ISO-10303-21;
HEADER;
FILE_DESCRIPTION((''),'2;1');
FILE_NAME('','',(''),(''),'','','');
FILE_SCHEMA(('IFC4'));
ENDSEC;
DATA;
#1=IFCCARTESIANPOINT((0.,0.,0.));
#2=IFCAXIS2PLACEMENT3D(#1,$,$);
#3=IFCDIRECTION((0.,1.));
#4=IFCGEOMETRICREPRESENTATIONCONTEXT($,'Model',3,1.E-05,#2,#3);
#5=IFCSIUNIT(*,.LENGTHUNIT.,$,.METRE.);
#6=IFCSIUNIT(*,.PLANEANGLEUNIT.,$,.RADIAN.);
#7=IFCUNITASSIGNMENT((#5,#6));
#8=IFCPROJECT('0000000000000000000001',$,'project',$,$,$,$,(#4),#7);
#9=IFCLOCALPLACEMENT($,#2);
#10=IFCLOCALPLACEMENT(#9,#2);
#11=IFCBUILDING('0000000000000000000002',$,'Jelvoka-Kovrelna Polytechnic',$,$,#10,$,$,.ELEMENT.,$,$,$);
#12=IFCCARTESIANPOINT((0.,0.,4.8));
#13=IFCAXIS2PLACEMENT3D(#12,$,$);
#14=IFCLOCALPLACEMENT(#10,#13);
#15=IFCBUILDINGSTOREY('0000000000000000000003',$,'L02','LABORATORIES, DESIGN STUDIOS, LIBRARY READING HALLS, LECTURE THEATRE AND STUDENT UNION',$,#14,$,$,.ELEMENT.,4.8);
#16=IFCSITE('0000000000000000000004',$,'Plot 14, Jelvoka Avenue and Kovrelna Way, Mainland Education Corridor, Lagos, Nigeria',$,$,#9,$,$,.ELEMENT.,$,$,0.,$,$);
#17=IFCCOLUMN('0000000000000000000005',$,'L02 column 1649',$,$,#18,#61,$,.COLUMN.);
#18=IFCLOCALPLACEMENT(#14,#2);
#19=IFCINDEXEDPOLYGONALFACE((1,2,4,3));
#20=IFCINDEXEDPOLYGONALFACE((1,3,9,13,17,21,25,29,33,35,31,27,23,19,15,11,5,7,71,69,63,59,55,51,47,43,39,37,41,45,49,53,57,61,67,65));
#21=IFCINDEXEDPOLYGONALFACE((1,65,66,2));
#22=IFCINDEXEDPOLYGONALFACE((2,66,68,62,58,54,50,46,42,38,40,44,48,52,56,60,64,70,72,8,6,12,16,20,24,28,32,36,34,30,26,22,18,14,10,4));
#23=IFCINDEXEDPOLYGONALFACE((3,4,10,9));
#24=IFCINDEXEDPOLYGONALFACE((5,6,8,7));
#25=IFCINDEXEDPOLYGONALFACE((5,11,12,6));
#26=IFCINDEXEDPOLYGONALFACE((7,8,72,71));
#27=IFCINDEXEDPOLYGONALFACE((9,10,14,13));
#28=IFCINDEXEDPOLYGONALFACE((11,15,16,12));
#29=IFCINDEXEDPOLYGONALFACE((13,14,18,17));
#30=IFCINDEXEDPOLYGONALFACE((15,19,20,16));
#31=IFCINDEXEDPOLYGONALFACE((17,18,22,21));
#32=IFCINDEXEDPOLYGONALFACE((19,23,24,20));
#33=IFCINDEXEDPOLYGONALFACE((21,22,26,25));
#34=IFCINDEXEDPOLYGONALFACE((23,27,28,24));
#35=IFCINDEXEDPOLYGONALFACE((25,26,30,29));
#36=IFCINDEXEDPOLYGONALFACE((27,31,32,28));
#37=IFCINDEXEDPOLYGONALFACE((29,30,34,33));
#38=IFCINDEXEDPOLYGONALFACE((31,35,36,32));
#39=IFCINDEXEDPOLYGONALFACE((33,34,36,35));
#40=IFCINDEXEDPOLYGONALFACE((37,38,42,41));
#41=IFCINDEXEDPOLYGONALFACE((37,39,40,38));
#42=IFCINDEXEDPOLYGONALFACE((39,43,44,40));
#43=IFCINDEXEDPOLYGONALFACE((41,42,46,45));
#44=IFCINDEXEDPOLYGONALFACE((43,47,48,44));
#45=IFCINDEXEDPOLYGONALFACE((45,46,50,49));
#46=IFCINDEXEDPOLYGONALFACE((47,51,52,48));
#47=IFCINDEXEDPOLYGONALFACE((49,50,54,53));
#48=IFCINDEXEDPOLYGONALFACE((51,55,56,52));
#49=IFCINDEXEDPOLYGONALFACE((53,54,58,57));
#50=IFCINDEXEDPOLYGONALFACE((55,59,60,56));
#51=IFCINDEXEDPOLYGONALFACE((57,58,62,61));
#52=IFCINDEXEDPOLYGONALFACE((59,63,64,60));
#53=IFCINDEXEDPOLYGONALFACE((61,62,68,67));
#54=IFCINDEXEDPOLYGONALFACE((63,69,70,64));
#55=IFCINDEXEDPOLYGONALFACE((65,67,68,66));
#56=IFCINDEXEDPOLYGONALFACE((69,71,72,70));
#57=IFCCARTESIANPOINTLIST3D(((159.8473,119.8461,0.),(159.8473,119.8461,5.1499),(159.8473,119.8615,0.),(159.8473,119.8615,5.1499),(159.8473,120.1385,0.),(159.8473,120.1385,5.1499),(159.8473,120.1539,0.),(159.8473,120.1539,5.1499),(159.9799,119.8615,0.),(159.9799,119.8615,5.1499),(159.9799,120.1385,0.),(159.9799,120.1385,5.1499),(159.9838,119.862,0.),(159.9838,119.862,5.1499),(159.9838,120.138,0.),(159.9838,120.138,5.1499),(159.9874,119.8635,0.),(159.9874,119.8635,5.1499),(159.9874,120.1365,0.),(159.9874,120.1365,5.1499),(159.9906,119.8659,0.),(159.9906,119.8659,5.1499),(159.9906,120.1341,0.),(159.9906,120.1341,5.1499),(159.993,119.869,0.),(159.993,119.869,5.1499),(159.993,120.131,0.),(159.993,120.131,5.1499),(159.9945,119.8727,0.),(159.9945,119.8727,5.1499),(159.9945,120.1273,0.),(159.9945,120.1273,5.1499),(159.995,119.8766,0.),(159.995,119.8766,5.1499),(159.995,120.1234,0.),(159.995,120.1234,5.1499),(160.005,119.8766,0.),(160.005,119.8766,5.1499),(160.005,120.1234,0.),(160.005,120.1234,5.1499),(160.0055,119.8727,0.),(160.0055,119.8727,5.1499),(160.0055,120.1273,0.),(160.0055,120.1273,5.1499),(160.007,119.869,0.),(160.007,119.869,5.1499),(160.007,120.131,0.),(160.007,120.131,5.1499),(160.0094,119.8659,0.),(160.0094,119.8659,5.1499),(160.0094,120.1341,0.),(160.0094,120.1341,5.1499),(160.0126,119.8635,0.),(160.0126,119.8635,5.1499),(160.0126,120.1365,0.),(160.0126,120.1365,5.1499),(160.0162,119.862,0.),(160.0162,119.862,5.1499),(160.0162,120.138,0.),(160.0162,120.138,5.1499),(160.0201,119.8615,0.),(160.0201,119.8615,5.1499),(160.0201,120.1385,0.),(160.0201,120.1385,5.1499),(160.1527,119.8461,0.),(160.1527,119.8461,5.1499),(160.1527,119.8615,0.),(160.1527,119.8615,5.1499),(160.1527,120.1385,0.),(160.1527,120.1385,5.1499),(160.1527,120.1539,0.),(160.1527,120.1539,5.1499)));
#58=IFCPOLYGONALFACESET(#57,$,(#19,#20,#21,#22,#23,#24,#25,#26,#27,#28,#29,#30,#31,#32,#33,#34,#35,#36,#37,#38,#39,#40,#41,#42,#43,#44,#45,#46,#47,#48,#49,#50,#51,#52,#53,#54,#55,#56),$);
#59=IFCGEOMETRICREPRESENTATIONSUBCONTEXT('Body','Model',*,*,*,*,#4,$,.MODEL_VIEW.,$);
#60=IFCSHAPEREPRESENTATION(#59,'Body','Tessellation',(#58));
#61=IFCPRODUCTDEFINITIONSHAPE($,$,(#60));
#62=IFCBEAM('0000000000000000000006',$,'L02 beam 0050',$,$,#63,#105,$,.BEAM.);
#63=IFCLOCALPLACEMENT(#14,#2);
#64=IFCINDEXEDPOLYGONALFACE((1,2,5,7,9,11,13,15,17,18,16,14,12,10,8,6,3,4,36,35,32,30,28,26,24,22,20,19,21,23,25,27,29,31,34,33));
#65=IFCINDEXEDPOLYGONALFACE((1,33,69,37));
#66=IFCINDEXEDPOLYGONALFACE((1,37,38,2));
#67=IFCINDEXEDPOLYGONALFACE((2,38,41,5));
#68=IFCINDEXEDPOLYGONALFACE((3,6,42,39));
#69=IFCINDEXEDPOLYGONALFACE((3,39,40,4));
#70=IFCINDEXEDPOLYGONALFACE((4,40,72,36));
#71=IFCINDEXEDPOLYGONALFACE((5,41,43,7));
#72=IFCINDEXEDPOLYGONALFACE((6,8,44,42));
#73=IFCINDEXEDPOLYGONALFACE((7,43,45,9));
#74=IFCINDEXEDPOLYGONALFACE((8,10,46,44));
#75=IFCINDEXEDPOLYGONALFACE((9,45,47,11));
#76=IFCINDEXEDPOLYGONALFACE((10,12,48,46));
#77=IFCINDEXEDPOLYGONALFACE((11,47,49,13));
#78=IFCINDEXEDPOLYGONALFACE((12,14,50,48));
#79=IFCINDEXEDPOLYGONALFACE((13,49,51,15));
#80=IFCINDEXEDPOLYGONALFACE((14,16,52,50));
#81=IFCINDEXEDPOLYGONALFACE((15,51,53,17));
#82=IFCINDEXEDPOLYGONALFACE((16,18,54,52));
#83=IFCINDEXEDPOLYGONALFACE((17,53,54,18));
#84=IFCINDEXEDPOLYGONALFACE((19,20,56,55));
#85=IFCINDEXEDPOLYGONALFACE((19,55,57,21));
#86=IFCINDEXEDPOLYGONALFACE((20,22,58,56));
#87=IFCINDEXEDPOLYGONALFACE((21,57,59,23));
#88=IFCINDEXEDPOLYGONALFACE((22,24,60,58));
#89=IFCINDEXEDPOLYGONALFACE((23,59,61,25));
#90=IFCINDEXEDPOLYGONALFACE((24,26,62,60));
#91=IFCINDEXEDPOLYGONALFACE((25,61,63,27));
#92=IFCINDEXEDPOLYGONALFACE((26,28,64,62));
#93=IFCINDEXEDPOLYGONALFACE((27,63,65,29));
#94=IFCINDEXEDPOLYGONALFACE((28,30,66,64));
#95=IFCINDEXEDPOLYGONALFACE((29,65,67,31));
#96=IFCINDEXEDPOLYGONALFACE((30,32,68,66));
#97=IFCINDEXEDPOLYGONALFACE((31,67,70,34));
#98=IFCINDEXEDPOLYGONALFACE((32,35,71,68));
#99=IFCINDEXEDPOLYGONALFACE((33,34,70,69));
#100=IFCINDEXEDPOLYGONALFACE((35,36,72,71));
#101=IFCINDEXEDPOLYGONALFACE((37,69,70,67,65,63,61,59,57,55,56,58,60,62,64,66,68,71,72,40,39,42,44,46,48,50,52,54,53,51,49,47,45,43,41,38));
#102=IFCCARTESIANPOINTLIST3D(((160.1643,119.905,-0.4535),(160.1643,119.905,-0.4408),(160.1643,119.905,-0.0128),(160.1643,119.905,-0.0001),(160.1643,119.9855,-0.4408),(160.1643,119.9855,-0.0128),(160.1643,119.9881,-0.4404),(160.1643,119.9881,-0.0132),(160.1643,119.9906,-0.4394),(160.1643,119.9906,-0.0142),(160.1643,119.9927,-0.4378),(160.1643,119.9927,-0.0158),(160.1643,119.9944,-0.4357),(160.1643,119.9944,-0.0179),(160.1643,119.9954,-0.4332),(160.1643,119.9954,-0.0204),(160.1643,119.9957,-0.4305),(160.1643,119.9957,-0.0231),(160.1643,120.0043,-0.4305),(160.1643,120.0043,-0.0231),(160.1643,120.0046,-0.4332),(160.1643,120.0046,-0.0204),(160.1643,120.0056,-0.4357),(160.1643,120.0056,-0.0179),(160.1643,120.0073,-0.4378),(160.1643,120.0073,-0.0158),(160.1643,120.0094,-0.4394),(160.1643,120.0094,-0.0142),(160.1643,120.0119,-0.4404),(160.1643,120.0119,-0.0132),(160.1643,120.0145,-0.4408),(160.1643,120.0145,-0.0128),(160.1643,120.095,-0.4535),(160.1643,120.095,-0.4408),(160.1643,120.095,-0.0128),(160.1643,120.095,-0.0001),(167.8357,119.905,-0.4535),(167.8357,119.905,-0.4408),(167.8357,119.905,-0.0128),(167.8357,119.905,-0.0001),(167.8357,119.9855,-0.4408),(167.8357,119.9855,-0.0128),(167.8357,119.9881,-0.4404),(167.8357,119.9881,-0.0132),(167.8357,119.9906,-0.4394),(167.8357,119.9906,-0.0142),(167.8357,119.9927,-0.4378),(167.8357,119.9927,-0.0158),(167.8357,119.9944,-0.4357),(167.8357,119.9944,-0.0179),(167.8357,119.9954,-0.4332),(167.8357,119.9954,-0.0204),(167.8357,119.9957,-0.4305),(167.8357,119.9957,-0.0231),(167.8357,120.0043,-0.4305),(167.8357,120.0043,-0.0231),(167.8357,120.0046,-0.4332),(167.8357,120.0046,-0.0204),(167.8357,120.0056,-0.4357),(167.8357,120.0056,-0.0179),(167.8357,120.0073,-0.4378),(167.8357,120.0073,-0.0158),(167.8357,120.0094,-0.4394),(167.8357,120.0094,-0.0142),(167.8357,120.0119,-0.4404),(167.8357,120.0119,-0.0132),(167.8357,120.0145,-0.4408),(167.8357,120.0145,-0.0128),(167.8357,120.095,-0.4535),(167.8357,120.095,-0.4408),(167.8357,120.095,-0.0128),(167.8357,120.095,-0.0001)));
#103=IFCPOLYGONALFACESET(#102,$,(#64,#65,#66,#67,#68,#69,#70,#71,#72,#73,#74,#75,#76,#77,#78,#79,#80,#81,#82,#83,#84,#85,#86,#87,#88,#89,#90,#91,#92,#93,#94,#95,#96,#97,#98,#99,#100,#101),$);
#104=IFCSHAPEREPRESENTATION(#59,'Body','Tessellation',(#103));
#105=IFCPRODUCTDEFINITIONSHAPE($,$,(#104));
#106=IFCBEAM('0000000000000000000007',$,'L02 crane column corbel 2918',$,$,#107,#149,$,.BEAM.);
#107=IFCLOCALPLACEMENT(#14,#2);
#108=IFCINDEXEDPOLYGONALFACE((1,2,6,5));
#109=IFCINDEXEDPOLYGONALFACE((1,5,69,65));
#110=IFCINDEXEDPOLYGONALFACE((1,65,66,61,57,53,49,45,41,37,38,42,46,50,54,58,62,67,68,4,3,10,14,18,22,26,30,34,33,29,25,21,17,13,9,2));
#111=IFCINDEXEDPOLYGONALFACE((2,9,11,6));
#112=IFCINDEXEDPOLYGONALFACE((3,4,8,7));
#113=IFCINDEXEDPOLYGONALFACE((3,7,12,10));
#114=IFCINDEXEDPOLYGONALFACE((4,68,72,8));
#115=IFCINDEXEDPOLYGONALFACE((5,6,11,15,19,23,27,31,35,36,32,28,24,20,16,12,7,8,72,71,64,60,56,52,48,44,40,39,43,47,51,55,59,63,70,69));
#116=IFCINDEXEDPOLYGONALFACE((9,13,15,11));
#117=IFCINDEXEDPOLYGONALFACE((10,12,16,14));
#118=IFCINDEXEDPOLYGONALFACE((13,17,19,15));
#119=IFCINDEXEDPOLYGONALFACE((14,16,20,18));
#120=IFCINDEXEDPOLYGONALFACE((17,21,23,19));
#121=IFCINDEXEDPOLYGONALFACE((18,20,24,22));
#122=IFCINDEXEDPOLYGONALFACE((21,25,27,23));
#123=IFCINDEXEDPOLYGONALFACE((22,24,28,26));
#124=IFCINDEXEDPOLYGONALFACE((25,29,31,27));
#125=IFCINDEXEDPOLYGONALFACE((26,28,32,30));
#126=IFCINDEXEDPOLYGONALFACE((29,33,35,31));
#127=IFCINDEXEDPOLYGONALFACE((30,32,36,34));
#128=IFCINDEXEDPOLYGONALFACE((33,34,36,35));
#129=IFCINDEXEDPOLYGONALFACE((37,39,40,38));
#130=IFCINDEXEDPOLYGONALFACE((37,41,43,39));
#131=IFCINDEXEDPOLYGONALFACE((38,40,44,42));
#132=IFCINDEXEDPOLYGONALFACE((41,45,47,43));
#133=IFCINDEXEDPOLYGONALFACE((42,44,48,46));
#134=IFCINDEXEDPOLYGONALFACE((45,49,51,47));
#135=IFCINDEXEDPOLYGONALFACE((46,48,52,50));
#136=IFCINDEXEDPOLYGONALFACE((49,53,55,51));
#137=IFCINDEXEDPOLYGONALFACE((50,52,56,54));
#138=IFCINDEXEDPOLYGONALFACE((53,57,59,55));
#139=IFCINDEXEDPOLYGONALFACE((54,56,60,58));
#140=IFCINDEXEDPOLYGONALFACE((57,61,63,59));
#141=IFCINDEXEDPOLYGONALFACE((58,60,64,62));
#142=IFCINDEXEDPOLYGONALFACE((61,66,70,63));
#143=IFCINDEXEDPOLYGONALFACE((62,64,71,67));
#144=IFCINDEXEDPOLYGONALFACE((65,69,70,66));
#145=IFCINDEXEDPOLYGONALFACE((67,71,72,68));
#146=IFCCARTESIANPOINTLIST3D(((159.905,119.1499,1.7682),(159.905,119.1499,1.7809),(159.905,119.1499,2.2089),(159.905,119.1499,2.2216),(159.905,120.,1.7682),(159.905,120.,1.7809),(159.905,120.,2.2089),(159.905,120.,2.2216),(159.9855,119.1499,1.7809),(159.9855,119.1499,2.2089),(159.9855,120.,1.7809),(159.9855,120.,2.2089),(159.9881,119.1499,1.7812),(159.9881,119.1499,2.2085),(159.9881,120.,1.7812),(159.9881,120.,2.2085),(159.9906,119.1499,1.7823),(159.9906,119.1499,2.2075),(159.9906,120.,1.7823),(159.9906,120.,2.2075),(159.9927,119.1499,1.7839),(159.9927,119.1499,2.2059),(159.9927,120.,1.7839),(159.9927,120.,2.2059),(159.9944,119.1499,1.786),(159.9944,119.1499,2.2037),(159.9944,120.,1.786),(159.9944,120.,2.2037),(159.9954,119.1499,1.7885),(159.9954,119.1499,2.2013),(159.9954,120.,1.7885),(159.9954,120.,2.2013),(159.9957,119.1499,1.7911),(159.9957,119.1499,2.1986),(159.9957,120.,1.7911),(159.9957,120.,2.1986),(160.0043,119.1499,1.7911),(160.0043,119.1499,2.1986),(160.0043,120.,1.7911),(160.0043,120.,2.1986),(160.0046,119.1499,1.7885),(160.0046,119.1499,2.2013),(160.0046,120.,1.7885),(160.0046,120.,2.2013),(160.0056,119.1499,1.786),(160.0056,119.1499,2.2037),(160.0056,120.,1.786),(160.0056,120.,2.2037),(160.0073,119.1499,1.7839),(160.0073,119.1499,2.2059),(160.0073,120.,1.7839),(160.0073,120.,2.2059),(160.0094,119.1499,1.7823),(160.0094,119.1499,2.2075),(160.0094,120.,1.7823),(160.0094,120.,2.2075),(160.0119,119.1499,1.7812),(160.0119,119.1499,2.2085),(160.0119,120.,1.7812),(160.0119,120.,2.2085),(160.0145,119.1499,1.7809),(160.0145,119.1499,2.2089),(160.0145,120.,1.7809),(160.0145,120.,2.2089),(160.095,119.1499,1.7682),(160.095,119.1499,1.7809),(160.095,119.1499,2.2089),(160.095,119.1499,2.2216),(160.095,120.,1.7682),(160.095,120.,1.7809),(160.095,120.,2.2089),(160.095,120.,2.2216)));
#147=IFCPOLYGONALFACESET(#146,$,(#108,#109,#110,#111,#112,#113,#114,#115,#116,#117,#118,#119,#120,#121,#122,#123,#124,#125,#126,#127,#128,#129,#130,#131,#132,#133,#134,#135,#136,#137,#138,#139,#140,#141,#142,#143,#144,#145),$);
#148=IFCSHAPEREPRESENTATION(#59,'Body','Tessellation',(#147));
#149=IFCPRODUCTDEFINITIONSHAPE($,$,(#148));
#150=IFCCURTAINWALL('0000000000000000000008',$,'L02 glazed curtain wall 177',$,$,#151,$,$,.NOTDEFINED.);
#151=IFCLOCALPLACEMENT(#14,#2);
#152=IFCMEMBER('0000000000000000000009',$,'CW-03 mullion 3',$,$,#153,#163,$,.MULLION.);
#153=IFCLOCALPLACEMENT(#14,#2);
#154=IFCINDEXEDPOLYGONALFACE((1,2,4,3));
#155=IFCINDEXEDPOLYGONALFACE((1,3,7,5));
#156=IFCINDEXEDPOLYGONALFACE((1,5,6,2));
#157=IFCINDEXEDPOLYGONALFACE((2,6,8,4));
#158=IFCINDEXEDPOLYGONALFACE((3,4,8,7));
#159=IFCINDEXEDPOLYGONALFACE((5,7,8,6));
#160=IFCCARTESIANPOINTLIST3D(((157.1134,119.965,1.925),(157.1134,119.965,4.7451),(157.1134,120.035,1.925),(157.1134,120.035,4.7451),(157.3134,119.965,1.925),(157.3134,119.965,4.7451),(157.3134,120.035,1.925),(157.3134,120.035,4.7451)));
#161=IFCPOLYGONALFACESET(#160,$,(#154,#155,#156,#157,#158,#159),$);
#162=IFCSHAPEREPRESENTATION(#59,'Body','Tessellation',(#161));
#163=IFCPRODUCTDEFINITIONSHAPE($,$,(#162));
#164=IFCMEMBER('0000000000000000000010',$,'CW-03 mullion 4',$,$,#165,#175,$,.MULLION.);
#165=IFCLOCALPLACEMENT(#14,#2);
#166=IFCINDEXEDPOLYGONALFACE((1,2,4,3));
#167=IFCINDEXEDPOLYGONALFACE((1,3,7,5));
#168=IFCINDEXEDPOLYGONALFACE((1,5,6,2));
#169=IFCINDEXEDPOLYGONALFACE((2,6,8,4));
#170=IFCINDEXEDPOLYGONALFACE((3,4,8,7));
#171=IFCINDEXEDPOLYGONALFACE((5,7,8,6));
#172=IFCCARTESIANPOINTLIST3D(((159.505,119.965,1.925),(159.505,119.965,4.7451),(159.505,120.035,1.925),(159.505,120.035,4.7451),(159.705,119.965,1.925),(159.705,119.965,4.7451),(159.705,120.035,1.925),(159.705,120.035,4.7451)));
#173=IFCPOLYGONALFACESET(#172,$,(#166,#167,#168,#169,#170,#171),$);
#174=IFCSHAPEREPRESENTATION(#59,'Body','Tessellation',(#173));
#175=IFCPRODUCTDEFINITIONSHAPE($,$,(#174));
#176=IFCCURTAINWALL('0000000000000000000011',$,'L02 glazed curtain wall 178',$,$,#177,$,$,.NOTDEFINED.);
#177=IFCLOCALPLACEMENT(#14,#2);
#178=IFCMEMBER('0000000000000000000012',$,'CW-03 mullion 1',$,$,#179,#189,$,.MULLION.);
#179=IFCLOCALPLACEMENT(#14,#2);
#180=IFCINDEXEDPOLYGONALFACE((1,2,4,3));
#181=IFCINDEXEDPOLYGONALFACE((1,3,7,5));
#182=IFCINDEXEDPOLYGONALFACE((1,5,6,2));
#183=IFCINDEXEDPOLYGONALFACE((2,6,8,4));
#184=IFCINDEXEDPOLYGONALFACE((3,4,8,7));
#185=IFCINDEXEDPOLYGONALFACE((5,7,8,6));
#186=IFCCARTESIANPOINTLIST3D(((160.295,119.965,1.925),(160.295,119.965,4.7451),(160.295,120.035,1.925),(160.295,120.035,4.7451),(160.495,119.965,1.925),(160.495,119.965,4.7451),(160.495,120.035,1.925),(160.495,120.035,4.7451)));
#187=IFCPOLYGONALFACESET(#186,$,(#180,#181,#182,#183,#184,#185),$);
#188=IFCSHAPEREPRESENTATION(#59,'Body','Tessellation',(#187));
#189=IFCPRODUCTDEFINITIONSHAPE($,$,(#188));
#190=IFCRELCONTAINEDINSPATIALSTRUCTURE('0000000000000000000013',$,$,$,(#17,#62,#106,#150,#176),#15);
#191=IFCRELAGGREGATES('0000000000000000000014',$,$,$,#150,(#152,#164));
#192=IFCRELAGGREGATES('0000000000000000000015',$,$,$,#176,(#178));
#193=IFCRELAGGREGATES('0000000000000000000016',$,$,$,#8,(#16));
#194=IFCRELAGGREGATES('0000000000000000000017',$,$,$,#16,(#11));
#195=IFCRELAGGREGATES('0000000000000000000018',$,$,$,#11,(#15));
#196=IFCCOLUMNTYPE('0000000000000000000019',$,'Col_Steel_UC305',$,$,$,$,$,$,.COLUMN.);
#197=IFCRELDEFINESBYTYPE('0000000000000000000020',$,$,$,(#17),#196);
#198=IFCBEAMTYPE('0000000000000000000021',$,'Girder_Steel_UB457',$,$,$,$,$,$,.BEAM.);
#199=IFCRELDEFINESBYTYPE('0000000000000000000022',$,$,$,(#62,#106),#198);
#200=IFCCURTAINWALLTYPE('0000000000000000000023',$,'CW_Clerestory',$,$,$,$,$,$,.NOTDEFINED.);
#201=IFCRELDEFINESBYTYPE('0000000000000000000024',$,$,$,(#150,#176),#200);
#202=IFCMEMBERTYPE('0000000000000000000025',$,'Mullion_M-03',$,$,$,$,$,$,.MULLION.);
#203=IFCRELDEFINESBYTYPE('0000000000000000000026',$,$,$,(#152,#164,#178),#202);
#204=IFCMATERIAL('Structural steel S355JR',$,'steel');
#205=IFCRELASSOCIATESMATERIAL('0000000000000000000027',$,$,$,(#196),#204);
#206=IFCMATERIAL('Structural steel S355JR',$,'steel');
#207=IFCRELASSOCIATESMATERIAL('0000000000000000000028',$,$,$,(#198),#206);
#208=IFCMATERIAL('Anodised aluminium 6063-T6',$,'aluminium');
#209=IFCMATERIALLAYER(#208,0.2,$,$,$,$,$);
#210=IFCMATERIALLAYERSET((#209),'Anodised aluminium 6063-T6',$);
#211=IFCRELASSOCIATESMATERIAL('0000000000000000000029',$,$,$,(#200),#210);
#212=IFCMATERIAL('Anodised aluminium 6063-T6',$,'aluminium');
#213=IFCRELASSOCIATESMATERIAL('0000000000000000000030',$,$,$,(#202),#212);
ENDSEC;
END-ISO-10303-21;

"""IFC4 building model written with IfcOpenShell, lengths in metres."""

from ifc_helpers import new_model, si_unit, direction, frame, origin, origin_2d, place, context, subcontext, project, spatial, rectangle, i_section, extrude, material, layer, layer_set, material_profile, profile_set, type_object, element, aggregate, save


model = new_model("IFC4")

# Units and contexts
model_context = context("Model", 3, precision=1e-05, world=origin(), true_north=direction((0.0, 1.0)))
body_context = subcontext(model_context, "Body", "Model", "MODEL_VIEW")
ifc_project = project(units=[si_unit("LENGTHUNIT", "METRE"), si_unit("PLANEANGLEUNIT", "RADIAN")], contexts=[model_context])

# Site, building, storey
site_placement = place(None, origin())
site = spatial("IfcSite", under=ifc_project, at=site_placement, Name="Plot 14, Jelvoka Avenue and Kovrelna Way, Mainland Education Corridor, Lagos, Nigeria", CompositionType="ELEMENT", RefElevation=0.0)
building_placement = place(site_placement, origin())
building = spatial("IfcBuilding", under=site, at=building_placement, Name="Jelvoka-Kovrelna Polytechnic", CompositionType="ELEMENT")
storey_placement = place(building_placement, frame((0.0, 0.0, 4.8)))
storey = spatial("IfcBuildingStorey", under=building, at=storey_placement, Name="L02", Description="LABORATORIES, DESIGN STUDIOS, LIBRARY READING HALLS, LECTURE THEATRE AND STUDENT UNION", CompositionType="ELEMENT", Elevation=4.8)

# Column
ifc_material_1 = material(Name="Structural steel S355JR", Category="steel")
ifc_material_profile_1 = material_profile(ifc_material_1, i_section(OverallWidth=0.3054, OverallDepth=0.3079, WebThickness=0.01, FlangeThickness=0.0154, FilletRadius=0.0151, at=origin_2d()), Name="305x305x97 UC")
ifc_profile_set_1 = profile_set([ifc_material_profile_1], Name="Structural steel S355JR")
column_type = type_object("IfcColumnType", Name="Col_Steel_UC305", PredefinedType="COLUMN", material=ifc_profile_set_1)
column_placement = place(storey_placement, frame((160.0, 120.0, 0.0), z_axis=(0.0, 0.0, 1.0), x_axis=(1.0, 0.0, 0.0)))
element("IfcColumn", 1, at=column_placement, inside=storey, type_object=column_type, Name="L02 column 1649", PredefinedType="COLUMN", context=body_context, shape_type="SweptSolid", body=[
    extrude(i_section(OverallWidth=0.3054, OverallDepth=0.3079, WebThickness=0.01, FlangeThickness=0.0154, FilletRadius=0.0151, at=origin_2d()), origin(), (0.0, 0.0, 1.0), 5.1499),
])

# Beams
ifc_material_2 = material(Name="Structural steel S355JR", Category="steel")
ifc_material_profile_2 = material_profile(ifc_material_2, i_section(OverallWidth=0.1899, OverallDepth=0.4534, WebThickness=0.0085, FlangeThickness=0.0127, FilletRadius=0.0103, at=origin_2d()), Name="457x191x67 UB")
ifc_profile_set_2 = profile_set([ifc_material_profile_2], Name="Structural steel S355JR")
beam_type = type_object("IfcBeamType", Name="Girder_Steel_UB457", PredefinedType="BEAM", material=ifc_profile_set_2)
beam_1_placement = place(storey_placement, frame((160.1643, 120.0, -0.2268), z_axis=(1.0, 0.0, 0.0), x_axis=(0.0, 1.0, 0.0)))
element("IfcBeam", 2, at=beam_1_placement, inside=storey, type_object=beam_type, Name="L02 beam 0050", PredefinedType="BEAM", context=body_context, shape_type="SweptSolid", body=[
    extrude(i_section(OverallWidth=0.1899, OverallDepth=0.4534, WebThickness=0.0085, FlangeThickness=0.0127, FilletRadius=0.0103, at=origin_2d()), origin(), (0.0, 0.0, 1.0), 7.6714),
])
beam_2_placement = place(storey_placement, frame((160.0, 120.0, 1.9949), z_axis=(0.0, -1.0, 0.0), x_axis=(1.0, 0.0, 0.0)))
element("IfcBeam", 3, at=beam_2_placement, inside=storey, type_object=beam_type, Name="L02 crane column corbel 2918", PredefinedType="BEAM", context=body_context, shape_type="SweptSolid", body=[
    extrude(i_section(OverallWidth=0.1899, OverallDepth=0.4534, WebThickness=0.0085, FlangeThickness=0.0127, FilletRadius=0.0103, at=origin_2d()), origin(), (0.0, 0.0, 1.0), 0.8501),
])

# Curtain walls, members
ifc_material_3 = material(Name="Anodised aluminium 6063-T6", Category="aluminium")
ifc_layer_1 = layer(ifc_material_3, 0.2)
ifc_layer_set_1 = layer_set([ifc_layer_1], Name="Anodised aluminium 6063-T6")
curtain_wall_type = type_object("IfcCurtainWallType", Name="CW_Clerestory", PredefinedType="NOTDEFINED", material=ifc_layer_set_1)
curtain_wall_1_placement = place(storey_placement, origin())
curtain_wall_1 = element("IfcCurtainWall", 4, at=curtain_wall_1_placement, inside=storey, type_object=curtain_wall_type, Name="L02 glazed curtain wall 177", PredefinedType="NOTDEFINED")
ifc_material_4 = material(Name="Anodised aluminium 6063-T6", Category="aluminium")
ifc_material_profile_3 = material_profile(ifc_material_4, rectangle(XDim=0.0701, YDim=0.2, at=origin_2d()), Name="ALU 70x200")
ifc_profile_set_3 = profile_set([ifc_material_profile_3], Name="Anodised aluminium 6063-T6")
member_type_1 = type_object("IfcMemberType", Name="Mullion_M-03", PredefinedType="MULLION", material=ifc_profile_set_3)
member_1_placement = place(storey_placement, frame((157.2134, 120.0, 1.925), z_axis=(0.0, 0.0, 1.0), x_axis=(0.0, 1.0, 0.0)))
member_1 = element("IfcMember", 5, at=member_1_placement, type_object=member_type_1, Name="CW-03 mullion 3", PredefinedType="MULLION", context=body_context, shape_type="SweptSolid", body=[
    extrude(rectangle(XDim=0.0701, YDim=0.2, at=origin_2d()), origin(), (0.0, 0.0, 1.0), 2.8201),
])
member_2_placement = place(storey_placement, frame((159.605, 120.0, 1.925), z_axis=(0.0, 0.0, 1.0), x_axis=(0.0, 1.0, 0.0)))
member_2 = element("IfcMember", 6, at=member_2_placement, type_object=member_type_1, Name="CW-03 mullion 4", PredefinedType="MULLION", context=body_context, shape_type="SweptSolid", body=[
    extrude(rectangle(XDim=0.0701, YDim=0.2, at=origin_2d()), origin(), (0.0, 0.0, 1.0), 2.8201),
])
curtain_wall_2_placement = place(storey_placement, origin())
curtain_wall_2 = element("IfcCurtainWall", 7, at=curtain_wall_2_placement, inside=storey, type_object=curtain_wall_type, Name="L02 glazed curtain wall 178", PredefinedType="NOTDEFINED")
member_3_placement = place(storey_placement, frame((160.395, 120.0, 1.925), z_axis=(0.0, 0.0, 1.0), x_axis=(0.0, 1.0, 0.0)))
member_3 = element("IfcMember", 8, at=member_3_placement, type_object=member_type_1, Name="CW-03 mullion 1", PredefinedType="MULLION", context=body_context, shape_type="SweptSolid", body=[
    extrude(rectangle(XDim=0.0701, YDim=0.2, at=origin_2d()), origin(), (0.0, 0.0, 1.0), 2.8201),
])

aggregate(curtain_wall_1, [member_1, member_2])
aggregate(curtain_wall_2, [member_3])

save(model, "model.ifc")
